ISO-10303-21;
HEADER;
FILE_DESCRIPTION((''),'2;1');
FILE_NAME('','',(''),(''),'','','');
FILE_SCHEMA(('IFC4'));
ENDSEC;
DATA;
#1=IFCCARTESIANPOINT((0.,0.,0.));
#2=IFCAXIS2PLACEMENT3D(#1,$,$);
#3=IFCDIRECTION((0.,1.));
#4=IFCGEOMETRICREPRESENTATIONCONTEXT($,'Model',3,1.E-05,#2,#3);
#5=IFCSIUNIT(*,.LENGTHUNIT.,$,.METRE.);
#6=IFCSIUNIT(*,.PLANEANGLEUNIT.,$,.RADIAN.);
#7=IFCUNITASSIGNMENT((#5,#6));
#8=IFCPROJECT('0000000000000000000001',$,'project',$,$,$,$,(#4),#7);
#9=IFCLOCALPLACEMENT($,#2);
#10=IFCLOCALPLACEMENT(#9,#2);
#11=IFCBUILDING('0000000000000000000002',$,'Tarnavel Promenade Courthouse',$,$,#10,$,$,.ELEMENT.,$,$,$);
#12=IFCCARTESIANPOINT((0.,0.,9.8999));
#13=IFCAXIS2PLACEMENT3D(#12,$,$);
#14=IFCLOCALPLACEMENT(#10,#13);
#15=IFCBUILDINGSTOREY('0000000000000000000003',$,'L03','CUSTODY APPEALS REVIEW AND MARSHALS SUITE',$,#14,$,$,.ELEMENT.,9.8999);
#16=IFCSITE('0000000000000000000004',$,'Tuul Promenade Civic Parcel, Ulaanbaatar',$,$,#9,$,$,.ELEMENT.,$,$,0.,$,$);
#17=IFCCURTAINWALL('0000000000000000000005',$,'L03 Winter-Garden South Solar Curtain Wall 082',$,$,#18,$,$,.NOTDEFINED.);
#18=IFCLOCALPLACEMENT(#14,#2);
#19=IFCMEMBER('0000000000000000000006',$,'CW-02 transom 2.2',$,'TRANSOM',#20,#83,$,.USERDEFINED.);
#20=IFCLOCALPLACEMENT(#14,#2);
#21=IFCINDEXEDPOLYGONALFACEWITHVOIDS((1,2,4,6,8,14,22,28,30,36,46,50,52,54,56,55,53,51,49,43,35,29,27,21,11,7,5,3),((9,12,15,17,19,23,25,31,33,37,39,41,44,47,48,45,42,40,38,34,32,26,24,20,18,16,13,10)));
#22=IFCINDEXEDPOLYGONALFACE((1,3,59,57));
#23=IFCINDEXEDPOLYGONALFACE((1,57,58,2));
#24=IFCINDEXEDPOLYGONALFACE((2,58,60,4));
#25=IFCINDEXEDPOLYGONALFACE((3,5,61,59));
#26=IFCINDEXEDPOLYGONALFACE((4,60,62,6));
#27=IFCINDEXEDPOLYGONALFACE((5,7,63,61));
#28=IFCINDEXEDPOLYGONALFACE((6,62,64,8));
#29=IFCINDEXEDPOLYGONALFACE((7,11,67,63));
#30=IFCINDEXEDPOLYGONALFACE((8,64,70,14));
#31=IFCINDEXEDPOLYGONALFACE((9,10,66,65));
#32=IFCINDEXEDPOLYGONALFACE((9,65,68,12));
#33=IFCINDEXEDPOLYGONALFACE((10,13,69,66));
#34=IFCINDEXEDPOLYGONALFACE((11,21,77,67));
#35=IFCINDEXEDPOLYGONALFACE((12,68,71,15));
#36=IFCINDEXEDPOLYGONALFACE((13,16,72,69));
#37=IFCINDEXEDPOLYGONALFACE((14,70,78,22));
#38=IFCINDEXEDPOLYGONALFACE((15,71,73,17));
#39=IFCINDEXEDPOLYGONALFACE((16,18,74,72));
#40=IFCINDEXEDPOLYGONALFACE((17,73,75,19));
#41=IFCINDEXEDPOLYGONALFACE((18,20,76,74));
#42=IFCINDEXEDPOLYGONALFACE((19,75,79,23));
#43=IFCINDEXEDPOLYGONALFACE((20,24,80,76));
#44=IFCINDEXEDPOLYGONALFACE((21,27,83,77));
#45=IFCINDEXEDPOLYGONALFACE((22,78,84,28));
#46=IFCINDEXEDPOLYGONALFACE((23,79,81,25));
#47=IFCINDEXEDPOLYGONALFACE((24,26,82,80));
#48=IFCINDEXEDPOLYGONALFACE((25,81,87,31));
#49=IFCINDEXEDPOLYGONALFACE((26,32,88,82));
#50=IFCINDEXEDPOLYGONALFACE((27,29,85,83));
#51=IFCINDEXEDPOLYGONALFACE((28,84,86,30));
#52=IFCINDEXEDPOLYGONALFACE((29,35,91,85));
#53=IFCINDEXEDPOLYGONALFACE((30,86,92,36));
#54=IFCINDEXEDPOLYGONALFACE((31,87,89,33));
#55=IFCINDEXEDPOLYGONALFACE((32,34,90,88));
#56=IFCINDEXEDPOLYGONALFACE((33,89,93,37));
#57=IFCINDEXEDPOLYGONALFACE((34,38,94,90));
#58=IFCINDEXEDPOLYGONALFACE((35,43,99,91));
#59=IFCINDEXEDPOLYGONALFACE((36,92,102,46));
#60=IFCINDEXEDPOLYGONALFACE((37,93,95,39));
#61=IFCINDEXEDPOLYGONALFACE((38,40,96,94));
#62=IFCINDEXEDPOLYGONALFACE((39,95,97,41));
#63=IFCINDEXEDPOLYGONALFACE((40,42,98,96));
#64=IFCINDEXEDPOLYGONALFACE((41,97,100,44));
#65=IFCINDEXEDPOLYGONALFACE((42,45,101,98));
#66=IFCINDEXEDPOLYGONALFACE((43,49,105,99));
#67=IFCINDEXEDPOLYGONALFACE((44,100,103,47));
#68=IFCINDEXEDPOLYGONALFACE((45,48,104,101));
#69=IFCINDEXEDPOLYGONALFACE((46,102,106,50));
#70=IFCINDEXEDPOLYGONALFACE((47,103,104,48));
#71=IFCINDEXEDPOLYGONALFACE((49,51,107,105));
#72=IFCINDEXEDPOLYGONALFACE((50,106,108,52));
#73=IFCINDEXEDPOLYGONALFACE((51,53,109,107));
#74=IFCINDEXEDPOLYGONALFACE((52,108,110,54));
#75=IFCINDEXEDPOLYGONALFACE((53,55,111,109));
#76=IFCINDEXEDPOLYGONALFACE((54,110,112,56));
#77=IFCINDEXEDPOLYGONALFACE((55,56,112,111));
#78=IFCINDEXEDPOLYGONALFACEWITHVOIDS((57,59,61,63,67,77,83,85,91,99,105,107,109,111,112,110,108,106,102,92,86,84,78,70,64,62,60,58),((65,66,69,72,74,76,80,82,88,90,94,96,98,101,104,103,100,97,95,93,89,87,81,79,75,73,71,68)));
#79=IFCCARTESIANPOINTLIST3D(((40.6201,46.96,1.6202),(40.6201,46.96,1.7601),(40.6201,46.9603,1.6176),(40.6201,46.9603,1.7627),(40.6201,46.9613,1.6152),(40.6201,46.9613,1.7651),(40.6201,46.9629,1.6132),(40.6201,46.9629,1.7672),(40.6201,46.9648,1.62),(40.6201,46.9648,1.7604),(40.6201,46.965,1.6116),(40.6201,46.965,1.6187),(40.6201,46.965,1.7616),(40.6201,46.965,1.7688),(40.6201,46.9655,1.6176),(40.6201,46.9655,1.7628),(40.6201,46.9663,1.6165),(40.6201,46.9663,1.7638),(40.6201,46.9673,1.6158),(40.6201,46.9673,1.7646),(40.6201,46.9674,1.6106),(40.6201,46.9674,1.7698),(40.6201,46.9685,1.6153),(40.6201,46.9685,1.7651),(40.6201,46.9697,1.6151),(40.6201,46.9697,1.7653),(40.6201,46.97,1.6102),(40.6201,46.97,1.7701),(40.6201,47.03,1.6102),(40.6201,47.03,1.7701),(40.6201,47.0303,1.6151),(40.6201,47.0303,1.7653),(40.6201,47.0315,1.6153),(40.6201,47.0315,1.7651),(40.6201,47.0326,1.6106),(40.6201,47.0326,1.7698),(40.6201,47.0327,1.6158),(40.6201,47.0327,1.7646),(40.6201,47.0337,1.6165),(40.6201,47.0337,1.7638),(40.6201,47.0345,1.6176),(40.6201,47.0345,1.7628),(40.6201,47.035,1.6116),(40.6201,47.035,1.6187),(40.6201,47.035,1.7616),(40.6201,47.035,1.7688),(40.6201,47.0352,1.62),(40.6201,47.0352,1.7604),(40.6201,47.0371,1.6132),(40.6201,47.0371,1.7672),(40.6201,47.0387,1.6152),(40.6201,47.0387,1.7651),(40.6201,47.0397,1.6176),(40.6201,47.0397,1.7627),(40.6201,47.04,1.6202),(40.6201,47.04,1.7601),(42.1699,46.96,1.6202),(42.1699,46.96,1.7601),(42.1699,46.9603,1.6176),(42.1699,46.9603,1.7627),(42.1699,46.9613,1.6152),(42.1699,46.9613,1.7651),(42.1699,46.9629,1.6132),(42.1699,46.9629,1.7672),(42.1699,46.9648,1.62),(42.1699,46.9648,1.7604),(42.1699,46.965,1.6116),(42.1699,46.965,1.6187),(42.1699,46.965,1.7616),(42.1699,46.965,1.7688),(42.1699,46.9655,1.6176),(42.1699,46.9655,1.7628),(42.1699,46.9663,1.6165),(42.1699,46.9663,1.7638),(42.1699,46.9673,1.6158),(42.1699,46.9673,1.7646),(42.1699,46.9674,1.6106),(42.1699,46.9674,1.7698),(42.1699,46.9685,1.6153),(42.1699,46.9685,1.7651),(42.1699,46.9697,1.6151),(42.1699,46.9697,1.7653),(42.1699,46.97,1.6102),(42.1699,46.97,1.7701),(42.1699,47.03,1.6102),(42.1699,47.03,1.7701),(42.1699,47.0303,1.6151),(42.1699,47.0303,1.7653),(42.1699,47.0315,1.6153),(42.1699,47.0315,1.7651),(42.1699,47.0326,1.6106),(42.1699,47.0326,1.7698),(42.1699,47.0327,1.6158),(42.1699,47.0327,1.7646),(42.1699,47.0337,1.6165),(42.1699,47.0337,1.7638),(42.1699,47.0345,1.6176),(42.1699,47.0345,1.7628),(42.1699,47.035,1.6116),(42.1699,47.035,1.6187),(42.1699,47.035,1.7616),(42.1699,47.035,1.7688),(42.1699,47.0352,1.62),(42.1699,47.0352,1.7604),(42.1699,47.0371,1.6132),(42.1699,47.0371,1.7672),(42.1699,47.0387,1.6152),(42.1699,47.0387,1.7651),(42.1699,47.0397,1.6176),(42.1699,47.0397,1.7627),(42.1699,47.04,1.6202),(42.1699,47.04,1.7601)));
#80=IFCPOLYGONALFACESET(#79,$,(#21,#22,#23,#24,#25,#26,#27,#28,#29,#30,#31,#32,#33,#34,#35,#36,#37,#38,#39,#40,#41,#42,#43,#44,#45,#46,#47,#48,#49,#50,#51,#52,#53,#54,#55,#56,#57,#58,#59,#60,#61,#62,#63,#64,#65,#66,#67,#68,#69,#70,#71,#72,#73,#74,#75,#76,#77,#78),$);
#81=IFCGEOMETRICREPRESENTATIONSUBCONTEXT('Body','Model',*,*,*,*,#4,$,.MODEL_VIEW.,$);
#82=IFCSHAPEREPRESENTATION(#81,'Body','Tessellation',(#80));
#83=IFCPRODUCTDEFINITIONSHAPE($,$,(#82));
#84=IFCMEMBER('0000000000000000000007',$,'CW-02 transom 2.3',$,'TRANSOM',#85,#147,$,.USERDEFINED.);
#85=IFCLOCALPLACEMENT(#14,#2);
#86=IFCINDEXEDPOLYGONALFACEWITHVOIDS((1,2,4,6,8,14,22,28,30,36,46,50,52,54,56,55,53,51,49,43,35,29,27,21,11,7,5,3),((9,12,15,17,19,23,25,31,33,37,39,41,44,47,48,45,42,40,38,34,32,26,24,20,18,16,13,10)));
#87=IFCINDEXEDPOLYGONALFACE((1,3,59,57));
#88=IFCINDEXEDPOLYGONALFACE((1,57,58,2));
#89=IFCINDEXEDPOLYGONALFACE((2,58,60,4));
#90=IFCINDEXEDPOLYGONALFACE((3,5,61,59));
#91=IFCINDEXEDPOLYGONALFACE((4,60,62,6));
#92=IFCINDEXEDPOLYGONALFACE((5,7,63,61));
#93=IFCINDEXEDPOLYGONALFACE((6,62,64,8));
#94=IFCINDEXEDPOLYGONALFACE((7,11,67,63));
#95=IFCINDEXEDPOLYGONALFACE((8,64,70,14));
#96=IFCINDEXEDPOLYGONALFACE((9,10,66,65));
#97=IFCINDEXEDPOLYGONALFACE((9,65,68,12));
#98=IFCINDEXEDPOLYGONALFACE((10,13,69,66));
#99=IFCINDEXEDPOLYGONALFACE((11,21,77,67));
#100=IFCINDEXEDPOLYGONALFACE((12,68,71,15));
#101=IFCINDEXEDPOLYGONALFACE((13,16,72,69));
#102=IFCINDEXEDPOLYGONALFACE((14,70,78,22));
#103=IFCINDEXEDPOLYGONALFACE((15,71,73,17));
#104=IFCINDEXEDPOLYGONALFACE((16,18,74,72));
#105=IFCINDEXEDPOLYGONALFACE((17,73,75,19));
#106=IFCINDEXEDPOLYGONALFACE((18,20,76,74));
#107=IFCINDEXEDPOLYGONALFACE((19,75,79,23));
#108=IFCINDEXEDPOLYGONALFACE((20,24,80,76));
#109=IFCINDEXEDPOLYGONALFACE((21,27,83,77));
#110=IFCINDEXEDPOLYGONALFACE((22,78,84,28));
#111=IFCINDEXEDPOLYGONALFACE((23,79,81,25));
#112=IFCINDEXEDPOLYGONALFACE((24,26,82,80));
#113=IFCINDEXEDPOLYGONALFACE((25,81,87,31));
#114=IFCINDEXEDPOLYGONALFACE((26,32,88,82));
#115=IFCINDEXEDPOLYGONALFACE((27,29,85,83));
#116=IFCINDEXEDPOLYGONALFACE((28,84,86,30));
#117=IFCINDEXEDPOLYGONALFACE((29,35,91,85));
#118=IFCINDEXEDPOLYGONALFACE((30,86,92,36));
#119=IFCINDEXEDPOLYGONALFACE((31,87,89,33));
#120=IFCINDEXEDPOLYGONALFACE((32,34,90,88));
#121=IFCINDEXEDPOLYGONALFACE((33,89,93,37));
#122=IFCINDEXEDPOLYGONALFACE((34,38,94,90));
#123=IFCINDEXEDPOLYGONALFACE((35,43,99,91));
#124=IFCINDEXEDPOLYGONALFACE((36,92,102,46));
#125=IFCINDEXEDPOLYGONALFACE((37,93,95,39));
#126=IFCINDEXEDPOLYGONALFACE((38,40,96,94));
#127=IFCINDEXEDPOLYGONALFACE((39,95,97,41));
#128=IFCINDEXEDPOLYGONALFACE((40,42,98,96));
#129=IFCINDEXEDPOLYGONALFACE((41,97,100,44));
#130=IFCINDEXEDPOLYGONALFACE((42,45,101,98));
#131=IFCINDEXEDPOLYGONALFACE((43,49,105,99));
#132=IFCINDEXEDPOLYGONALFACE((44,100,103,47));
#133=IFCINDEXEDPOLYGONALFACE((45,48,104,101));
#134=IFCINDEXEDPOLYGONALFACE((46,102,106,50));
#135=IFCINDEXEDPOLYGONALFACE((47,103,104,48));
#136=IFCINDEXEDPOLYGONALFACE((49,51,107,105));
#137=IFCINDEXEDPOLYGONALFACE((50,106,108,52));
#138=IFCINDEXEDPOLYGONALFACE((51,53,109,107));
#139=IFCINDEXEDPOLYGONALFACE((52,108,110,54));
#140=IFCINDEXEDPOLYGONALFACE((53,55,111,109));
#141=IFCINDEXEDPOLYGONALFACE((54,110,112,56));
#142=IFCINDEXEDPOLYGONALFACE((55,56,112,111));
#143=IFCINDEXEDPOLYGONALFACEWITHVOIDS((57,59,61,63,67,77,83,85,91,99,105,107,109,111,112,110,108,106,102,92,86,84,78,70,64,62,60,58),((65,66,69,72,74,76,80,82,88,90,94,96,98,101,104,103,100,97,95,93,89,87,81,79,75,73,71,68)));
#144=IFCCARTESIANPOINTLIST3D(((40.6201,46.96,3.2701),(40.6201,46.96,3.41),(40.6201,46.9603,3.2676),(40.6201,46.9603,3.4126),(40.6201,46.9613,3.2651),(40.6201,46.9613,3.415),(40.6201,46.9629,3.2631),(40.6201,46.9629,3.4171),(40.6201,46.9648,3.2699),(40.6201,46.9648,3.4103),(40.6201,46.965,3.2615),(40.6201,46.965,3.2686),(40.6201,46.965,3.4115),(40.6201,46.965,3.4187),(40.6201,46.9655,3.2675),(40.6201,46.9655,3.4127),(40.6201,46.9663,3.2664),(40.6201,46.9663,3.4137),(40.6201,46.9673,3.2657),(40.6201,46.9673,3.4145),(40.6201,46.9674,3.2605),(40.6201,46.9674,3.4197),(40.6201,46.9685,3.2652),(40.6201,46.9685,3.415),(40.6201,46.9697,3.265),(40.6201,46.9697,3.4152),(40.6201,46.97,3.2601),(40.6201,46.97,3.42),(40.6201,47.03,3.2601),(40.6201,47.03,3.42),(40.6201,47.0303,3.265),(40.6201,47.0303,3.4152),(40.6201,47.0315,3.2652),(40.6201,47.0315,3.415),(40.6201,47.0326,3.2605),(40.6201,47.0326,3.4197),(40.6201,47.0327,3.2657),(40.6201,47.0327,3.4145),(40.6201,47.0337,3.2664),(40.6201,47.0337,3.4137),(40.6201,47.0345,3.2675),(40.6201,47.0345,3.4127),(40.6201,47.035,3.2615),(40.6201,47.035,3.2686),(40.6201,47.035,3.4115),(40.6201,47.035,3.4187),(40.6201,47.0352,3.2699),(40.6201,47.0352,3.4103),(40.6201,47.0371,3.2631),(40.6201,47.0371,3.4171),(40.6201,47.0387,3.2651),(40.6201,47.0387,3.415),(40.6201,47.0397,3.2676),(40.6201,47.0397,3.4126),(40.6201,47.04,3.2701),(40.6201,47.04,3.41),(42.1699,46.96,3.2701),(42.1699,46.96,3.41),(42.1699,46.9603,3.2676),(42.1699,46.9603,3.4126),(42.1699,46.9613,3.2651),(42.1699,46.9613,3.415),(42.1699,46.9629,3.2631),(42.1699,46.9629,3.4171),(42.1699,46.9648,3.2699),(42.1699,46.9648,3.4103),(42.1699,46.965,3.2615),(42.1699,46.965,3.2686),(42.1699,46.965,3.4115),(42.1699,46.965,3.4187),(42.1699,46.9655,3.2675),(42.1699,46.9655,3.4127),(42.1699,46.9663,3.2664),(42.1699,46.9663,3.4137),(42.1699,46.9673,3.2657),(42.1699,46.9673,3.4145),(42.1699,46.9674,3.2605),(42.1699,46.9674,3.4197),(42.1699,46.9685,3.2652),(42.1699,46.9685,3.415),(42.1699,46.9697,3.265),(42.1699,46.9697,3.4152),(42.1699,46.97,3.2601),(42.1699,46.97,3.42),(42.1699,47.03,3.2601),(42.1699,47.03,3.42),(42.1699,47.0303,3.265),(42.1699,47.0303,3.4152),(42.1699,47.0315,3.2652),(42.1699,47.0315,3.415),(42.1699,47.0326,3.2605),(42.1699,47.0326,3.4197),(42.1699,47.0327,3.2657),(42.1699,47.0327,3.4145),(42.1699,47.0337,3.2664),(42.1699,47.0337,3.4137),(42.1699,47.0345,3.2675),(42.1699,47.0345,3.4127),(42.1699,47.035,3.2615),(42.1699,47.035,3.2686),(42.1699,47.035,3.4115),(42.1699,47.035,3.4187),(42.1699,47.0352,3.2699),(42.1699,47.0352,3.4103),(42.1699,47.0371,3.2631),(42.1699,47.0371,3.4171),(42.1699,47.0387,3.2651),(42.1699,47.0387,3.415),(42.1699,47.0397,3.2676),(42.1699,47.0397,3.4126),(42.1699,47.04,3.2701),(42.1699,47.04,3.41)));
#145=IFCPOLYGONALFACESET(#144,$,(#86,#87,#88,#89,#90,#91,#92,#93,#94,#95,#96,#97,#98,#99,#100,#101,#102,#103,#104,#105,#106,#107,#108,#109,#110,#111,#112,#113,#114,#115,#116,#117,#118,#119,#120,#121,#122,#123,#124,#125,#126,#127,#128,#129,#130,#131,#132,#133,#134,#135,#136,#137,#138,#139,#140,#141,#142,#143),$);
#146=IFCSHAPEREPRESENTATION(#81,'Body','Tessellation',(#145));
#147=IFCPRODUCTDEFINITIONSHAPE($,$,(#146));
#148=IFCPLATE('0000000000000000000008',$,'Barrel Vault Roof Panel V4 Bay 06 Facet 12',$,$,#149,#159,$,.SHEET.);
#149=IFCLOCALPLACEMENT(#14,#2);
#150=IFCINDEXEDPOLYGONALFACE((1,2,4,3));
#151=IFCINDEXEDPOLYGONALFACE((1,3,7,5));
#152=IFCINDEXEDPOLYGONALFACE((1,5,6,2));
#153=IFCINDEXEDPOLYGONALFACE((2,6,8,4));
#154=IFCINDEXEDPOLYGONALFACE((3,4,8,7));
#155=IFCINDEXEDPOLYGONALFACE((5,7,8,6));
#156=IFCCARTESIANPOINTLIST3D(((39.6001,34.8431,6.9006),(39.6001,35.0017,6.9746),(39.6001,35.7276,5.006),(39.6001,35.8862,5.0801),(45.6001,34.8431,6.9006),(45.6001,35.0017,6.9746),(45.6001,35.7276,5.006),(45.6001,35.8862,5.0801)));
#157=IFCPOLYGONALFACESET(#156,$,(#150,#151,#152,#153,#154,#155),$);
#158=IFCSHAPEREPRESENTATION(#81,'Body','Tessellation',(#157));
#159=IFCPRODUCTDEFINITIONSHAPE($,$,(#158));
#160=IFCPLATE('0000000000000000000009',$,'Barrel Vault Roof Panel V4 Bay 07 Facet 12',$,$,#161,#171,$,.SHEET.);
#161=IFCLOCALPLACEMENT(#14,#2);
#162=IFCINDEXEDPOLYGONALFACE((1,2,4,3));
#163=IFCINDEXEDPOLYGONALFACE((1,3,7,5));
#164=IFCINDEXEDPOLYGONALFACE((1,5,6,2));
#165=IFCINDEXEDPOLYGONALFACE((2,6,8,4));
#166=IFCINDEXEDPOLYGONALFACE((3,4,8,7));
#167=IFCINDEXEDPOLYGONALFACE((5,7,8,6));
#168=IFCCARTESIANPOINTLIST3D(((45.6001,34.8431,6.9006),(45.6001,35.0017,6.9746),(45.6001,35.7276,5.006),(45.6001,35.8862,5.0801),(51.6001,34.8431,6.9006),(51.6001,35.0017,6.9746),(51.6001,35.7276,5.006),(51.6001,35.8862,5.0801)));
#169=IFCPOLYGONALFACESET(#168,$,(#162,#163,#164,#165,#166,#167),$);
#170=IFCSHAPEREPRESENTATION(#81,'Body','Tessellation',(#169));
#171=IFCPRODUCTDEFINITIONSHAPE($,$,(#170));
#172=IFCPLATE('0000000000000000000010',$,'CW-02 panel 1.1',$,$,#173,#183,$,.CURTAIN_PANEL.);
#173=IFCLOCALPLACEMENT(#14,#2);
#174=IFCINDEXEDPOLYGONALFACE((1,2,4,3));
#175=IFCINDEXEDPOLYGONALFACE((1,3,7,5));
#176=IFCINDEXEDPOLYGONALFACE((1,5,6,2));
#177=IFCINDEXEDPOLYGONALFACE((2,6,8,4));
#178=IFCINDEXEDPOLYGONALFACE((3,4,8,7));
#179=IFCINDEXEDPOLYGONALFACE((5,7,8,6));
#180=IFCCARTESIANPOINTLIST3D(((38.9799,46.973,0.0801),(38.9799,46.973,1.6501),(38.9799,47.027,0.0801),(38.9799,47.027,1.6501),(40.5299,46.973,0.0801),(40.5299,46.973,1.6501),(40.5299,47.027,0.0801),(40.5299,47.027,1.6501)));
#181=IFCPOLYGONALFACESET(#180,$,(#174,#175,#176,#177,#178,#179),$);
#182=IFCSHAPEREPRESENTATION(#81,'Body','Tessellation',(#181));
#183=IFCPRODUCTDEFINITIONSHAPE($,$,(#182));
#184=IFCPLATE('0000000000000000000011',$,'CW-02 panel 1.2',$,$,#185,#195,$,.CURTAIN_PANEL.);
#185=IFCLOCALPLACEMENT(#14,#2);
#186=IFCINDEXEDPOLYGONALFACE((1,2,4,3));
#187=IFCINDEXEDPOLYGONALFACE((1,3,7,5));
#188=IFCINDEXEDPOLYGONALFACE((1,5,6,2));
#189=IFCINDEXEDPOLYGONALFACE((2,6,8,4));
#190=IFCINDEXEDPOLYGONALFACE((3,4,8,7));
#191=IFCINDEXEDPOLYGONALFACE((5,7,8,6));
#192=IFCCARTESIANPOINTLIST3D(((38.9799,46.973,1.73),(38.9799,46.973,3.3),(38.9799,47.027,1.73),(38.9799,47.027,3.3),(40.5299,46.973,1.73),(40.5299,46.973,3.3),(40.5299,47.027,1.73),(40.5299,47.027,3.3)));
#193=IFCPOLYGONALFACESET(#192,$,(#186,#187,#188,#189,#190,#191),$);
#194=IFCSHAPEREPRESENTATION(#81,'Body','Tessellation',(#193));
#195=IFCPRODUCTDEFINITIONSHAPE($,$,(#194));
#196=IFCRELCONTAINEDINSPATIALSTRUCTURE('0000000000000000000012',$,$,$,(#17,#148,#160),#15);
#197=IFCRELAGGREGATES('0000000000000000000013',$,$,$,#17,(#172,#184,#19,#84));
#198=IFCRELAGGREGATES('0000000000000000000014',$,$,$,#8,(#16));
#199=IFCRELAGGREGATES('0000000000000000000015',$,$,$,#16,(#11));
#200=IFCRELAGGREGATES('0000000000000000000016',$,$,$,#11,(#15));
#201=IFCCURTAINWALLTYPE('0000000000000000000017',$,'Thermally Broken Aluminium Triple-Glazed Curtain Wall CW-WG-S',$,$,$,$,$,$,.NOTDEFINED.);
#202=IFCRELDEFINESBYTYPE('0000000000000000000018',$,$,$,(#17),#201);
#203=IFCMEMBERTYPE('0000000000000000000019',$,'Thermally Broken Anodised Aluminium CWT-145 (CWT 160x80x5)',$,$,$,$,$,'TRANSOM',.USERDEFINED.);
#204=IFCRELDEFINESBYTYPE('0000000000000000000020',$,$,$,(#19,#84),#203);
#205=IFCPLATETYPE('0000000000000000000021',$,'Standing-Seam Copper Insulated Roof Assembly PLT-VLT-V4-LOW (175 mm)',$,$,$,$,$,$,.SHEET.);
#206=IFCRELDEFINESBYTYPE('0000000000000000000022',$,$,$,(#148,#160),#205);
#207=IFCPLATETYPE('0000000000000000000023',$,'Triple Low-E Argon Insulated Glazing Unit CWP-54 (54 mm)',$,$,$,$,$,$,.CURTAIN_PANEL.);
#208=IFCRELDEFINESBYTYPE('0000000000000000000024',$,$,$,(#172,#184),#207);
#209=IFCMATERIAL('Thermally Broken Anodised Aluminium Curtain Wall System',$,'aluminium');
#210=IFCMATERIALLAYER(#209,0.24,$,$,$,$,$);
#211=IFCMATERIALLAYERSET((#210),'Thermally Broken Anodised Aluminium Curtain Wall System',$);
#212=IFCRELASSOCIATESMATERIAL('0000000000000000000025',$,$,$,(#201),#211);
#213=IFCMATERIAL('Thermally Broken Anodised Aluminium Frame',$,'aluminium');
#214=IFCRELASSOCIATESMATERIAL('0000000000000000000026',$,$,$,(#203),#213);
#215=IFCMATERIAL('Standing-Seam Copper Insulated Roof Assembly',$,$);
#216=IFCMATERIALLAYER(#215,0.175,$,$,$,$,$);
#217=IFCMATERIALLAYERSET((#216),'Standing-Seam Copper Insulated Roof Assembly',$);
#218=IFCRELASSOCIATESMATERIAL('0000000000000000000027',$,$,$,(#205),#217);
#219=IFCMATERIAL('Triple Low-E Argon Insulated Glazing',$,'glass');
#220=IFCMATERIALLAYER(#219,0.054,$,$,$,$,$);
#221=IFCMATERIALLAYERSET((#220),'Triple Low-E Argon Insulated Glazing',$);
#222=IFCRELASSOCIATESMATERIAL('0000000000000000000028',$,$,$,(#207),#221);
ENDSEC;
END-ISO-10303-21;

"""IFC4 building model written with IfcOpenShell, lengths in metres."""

from ifc_helpers import new_model, si_unit, direction, frame, origin, origin_2d, place, context, subcontext, project, spatial, polyline, rectangle, hollow_rectangle, outline, extrude, material, layer, layer_set, material_profile, profile_set, type_object, element, aggregate, save


model = new_model("IFC4")

# Units and contexts
model_context = context("Model", 3, precision=1e-05, world=origin(), true_north=direction((0.0, 1.0)))
body_context = subcontext(model_context, "Body", "Model", "MODEL_VIEW")
ifc_project = project(units=[si_unit("LENGTHUNIT", "METRE"), si_unit("PLANEANGLEUNIT", "RADIAN")], contexts=[model_context])

# Site, building, storey
site_placement = place(None, origin())
site = spatial("IfcSite", under=ifc_project, at=site_placement, Name="Tuul Promenade Civic Parcel, Ulaanbaatar", CompositionType="ELEMENT", RefElevation=0.0)
building_placement = place(site_placement, origin())
building = spatial("IfcBuilding", under=site, at=building_placement, Name="Tarnavel Promenade Courthouse", CompositionType="ELEMENT")
storey_placement = place(building_placement, frame((0.0, 0.0, 9.8999)))
storey = spatial("IfcBuildingStorey", under=building, at=storey_placement, Name="L03", Description="CUSTODY APPEALS REVIEW AND MARSHALS SUITE", CompositionType="ELEMENT", Elevation=9.8999)

# Curtain wall, members
ifc_material_1 = material(Name="Thermally Broken Anodised Aluminium Curtain Wall System", Category="aluminium")
ifc_layer_1 = layer(ifc_material_1, 0.24)
ifc_layer_set_1 = layer_set([ifc_layer_1], Name="Thermally Broken Anodised Aluminium Curtain Wall System")
curtain_wall_type = type_object("IfcCurtainWallType", Name="Thermally Broken Aluminium Triple-Glazed Curtain Wall CW-WG-S", PredefinedType="NOTDEFINED", material=ifc_layer_set_1)
curtain_wall_placement = place(storey_placement, origin())
curtain_wall = element("IfcCurtainWall", 1, at=curtain_wall_placement, inside=storey, type_object=curtain_wall_type, Name="L03 Winter-Garden South Solar Curtain Wall 082", PredefinedType="NOTDEFINED")
ifc_material_2 = material(Name="Thermally Broken Anodised Aluminium Frame", Category="aluminium")
ifc_material_profile_1 = material_profile(ifc_material_2, hollow_rectangle(XDim=0.0801, YDim=0.1599, WallThickness=0.0049, InnerFilletRadius=0.0049, OuterFilletRadius=0.01, at=origin_2d()), Name="CWT 160x80x5")
ifc_profile_set_1 = profile_set([ifc_material_profile_1], Name="Thermally Broken Anodised Aluminium Frame")
member_type_1 = type_object("IfcMemberType", Name="Thermally Broken Anodised Aluminium CWT-145 (CWT 160x80x5)", ElementType="TRANSOM", PredefinedType="USERDEFINED", material=ifc_profile_set_1)
member_1_placement = place(storey_placement, frame((40.6201, 47.0, 1.6902), z_axis=(1.0, 0.0, 0.0), x_axis=(0.0, 1.0, 0.0)))
member_1 = element("IfcMember", 2, at=member_1_placement, type_object=member_type_1, Name="CW-02 transom 2.2", ObjectType="TRANSOM", PredefinedType="USERDEFINED", context=body_context, shape_type="SweptSolid", body=[
    extrude(hollow_rectangle(XDim=0.0801, YDim=0.1599, WallThickness=0.0049, InnerFilletRadius=0.0049, OuterFilletRadius=0.01, at=origin_2d()), origin(), (0.0, 0.0, 1.0), 1.5498),
])
member_2_placement = place(storey_placement, frame((40.6201, 47.0, 3.3401), z_axis=(1.0, 0.0, 0.0), x_axis=(0.0, 1.0, 0.0)))
member_2 = element("IfcMember", 3, at=member_2_placement, type_object=member_type_1, Name="CW-02 transom 2.3", ObjectType="TRANSOM", PredefinedType="USERDEFINED", context=body_context, shape_type="SweptSolid", body=[
    extrude(hollow_rectangle(XDim=0.0801, YDim=0.1599, WallThickness=0.0049, InnerFilletRadius=0.0049, OuterFilletRadius=0.01, at=origin_2d()), origin(), (0.0, 0.0, 1.0), 1.5498),
])

# Plates
ifc_material_3 = material(Name="Standing-Seam Copper Insulated Roof Assembly")
ifc_layer_2 = layer(ifc_material_3, 0.175)
ifc_layer_set_2 = layer_set([ifc_layer_2], Name="Standing-Seam Copper Insulated Roof Assembly")
plate_type_1 = type_object("IfcPlateType", Name="Standing-Seam Copper Insulated Roof Assembly PLT-VLT-V4-LOW (175 mm)", PredefinedType="SHEET", material=ifc_layer_set_2)
for number, where, z_axis, x_axis, name in (
    (4, (39.6001, 35.0017, 6.9746), (0.0, 0.906109, 0.423045), (1.0, 0.0, 0.0), "Barrel Vault Roof Panel V4 Bay 06 Facet 12"),
    (5, (45.6001, 35.0017, 6.9746), (0.0, 0.906109, 0.423045), (1.0, 0.0, 0.0), "Barrel Vault Roof Panel V4 Bay 07 Facet 12"),
):
    element("IfcPlate", number, at=place(storey_placement, frame(where, z_axis=z_axis, x_axis=x_axis)), inside=storey, type_object=plate_type_1, Name=name, PredefinedType="SHEET", context=body_context, shape_type="SweptSolid", body=[
        extrude(outline(polyline([(0.0, 0.0), (6.0, 0.0), (6.0, 2.0908), (0.0, 2.0908), (0.0, 0.0)])), origin(), (0.0, 0.0, -1.0), 0.175),
    ])

# Plates
ifc_material_4 = material(Name="Triple Low-E Argon Insulated Glazing", Category="glass")
ifc_layer_3 = layer(ifc_material_4, 0.054)
ifc_layer_set_3 = layer_set([ifc_layer_3], Name="Triple Low-E Argon Insulated Glazing")
plate_type_2 = type_object("IfcPlateType", Name="Triple Low-E Argon Insulated Glazing Unit CWP-54 (54 mm)", PredefinedType="CURTAIN_PANEL", material=ifc_layer_set_3)
plate_1_placement = place(storey_placement, frame((39.7549, 47.0, 0.0801), z_axis=(0.0, 0.0, 1.0), x_axis=(1.0, 0.0, 0.0)))
plate_1 = element("IfcPlate", 6, at=plate_1_placement, type_object=plate_type_2, Name="CW-02 panel 1.1", PredefinedType="CURTAIN_PANEL", context=body_context, shape_type="SweptSolid", body=[
    extrude(rectangle(XDim=1.55, YDim=0.054, at=origin_2d()), origin(), (0.0, 0.0, 1.0), 1.5701),
])
plate_2_placement = place(storey_placement, frame((39.7549, 47.0, 1.73), z_axis=(0.0, 0.0, 1.0), x_axis=(1.0, 0.0, 0.0)))
plate_2 = element("IfcPlate", 7, at=plate_2_placement, type_object=plate_type_2, Name="CW-02 panel 1.2", PredefinedType="CURTAIN_PANEL", context=body_context, shape_type="SweptSolid", body=[
    extrude(rectangle(XDim=1.55, YDim=0.054, at=origin_2d()), origin(), (0.0, 0.0, 1.0), 1.5701),
])
aggregate(curtain_wall, [plate_1, plate_2, member_1, member_2])

save(model, "model.ifc")
